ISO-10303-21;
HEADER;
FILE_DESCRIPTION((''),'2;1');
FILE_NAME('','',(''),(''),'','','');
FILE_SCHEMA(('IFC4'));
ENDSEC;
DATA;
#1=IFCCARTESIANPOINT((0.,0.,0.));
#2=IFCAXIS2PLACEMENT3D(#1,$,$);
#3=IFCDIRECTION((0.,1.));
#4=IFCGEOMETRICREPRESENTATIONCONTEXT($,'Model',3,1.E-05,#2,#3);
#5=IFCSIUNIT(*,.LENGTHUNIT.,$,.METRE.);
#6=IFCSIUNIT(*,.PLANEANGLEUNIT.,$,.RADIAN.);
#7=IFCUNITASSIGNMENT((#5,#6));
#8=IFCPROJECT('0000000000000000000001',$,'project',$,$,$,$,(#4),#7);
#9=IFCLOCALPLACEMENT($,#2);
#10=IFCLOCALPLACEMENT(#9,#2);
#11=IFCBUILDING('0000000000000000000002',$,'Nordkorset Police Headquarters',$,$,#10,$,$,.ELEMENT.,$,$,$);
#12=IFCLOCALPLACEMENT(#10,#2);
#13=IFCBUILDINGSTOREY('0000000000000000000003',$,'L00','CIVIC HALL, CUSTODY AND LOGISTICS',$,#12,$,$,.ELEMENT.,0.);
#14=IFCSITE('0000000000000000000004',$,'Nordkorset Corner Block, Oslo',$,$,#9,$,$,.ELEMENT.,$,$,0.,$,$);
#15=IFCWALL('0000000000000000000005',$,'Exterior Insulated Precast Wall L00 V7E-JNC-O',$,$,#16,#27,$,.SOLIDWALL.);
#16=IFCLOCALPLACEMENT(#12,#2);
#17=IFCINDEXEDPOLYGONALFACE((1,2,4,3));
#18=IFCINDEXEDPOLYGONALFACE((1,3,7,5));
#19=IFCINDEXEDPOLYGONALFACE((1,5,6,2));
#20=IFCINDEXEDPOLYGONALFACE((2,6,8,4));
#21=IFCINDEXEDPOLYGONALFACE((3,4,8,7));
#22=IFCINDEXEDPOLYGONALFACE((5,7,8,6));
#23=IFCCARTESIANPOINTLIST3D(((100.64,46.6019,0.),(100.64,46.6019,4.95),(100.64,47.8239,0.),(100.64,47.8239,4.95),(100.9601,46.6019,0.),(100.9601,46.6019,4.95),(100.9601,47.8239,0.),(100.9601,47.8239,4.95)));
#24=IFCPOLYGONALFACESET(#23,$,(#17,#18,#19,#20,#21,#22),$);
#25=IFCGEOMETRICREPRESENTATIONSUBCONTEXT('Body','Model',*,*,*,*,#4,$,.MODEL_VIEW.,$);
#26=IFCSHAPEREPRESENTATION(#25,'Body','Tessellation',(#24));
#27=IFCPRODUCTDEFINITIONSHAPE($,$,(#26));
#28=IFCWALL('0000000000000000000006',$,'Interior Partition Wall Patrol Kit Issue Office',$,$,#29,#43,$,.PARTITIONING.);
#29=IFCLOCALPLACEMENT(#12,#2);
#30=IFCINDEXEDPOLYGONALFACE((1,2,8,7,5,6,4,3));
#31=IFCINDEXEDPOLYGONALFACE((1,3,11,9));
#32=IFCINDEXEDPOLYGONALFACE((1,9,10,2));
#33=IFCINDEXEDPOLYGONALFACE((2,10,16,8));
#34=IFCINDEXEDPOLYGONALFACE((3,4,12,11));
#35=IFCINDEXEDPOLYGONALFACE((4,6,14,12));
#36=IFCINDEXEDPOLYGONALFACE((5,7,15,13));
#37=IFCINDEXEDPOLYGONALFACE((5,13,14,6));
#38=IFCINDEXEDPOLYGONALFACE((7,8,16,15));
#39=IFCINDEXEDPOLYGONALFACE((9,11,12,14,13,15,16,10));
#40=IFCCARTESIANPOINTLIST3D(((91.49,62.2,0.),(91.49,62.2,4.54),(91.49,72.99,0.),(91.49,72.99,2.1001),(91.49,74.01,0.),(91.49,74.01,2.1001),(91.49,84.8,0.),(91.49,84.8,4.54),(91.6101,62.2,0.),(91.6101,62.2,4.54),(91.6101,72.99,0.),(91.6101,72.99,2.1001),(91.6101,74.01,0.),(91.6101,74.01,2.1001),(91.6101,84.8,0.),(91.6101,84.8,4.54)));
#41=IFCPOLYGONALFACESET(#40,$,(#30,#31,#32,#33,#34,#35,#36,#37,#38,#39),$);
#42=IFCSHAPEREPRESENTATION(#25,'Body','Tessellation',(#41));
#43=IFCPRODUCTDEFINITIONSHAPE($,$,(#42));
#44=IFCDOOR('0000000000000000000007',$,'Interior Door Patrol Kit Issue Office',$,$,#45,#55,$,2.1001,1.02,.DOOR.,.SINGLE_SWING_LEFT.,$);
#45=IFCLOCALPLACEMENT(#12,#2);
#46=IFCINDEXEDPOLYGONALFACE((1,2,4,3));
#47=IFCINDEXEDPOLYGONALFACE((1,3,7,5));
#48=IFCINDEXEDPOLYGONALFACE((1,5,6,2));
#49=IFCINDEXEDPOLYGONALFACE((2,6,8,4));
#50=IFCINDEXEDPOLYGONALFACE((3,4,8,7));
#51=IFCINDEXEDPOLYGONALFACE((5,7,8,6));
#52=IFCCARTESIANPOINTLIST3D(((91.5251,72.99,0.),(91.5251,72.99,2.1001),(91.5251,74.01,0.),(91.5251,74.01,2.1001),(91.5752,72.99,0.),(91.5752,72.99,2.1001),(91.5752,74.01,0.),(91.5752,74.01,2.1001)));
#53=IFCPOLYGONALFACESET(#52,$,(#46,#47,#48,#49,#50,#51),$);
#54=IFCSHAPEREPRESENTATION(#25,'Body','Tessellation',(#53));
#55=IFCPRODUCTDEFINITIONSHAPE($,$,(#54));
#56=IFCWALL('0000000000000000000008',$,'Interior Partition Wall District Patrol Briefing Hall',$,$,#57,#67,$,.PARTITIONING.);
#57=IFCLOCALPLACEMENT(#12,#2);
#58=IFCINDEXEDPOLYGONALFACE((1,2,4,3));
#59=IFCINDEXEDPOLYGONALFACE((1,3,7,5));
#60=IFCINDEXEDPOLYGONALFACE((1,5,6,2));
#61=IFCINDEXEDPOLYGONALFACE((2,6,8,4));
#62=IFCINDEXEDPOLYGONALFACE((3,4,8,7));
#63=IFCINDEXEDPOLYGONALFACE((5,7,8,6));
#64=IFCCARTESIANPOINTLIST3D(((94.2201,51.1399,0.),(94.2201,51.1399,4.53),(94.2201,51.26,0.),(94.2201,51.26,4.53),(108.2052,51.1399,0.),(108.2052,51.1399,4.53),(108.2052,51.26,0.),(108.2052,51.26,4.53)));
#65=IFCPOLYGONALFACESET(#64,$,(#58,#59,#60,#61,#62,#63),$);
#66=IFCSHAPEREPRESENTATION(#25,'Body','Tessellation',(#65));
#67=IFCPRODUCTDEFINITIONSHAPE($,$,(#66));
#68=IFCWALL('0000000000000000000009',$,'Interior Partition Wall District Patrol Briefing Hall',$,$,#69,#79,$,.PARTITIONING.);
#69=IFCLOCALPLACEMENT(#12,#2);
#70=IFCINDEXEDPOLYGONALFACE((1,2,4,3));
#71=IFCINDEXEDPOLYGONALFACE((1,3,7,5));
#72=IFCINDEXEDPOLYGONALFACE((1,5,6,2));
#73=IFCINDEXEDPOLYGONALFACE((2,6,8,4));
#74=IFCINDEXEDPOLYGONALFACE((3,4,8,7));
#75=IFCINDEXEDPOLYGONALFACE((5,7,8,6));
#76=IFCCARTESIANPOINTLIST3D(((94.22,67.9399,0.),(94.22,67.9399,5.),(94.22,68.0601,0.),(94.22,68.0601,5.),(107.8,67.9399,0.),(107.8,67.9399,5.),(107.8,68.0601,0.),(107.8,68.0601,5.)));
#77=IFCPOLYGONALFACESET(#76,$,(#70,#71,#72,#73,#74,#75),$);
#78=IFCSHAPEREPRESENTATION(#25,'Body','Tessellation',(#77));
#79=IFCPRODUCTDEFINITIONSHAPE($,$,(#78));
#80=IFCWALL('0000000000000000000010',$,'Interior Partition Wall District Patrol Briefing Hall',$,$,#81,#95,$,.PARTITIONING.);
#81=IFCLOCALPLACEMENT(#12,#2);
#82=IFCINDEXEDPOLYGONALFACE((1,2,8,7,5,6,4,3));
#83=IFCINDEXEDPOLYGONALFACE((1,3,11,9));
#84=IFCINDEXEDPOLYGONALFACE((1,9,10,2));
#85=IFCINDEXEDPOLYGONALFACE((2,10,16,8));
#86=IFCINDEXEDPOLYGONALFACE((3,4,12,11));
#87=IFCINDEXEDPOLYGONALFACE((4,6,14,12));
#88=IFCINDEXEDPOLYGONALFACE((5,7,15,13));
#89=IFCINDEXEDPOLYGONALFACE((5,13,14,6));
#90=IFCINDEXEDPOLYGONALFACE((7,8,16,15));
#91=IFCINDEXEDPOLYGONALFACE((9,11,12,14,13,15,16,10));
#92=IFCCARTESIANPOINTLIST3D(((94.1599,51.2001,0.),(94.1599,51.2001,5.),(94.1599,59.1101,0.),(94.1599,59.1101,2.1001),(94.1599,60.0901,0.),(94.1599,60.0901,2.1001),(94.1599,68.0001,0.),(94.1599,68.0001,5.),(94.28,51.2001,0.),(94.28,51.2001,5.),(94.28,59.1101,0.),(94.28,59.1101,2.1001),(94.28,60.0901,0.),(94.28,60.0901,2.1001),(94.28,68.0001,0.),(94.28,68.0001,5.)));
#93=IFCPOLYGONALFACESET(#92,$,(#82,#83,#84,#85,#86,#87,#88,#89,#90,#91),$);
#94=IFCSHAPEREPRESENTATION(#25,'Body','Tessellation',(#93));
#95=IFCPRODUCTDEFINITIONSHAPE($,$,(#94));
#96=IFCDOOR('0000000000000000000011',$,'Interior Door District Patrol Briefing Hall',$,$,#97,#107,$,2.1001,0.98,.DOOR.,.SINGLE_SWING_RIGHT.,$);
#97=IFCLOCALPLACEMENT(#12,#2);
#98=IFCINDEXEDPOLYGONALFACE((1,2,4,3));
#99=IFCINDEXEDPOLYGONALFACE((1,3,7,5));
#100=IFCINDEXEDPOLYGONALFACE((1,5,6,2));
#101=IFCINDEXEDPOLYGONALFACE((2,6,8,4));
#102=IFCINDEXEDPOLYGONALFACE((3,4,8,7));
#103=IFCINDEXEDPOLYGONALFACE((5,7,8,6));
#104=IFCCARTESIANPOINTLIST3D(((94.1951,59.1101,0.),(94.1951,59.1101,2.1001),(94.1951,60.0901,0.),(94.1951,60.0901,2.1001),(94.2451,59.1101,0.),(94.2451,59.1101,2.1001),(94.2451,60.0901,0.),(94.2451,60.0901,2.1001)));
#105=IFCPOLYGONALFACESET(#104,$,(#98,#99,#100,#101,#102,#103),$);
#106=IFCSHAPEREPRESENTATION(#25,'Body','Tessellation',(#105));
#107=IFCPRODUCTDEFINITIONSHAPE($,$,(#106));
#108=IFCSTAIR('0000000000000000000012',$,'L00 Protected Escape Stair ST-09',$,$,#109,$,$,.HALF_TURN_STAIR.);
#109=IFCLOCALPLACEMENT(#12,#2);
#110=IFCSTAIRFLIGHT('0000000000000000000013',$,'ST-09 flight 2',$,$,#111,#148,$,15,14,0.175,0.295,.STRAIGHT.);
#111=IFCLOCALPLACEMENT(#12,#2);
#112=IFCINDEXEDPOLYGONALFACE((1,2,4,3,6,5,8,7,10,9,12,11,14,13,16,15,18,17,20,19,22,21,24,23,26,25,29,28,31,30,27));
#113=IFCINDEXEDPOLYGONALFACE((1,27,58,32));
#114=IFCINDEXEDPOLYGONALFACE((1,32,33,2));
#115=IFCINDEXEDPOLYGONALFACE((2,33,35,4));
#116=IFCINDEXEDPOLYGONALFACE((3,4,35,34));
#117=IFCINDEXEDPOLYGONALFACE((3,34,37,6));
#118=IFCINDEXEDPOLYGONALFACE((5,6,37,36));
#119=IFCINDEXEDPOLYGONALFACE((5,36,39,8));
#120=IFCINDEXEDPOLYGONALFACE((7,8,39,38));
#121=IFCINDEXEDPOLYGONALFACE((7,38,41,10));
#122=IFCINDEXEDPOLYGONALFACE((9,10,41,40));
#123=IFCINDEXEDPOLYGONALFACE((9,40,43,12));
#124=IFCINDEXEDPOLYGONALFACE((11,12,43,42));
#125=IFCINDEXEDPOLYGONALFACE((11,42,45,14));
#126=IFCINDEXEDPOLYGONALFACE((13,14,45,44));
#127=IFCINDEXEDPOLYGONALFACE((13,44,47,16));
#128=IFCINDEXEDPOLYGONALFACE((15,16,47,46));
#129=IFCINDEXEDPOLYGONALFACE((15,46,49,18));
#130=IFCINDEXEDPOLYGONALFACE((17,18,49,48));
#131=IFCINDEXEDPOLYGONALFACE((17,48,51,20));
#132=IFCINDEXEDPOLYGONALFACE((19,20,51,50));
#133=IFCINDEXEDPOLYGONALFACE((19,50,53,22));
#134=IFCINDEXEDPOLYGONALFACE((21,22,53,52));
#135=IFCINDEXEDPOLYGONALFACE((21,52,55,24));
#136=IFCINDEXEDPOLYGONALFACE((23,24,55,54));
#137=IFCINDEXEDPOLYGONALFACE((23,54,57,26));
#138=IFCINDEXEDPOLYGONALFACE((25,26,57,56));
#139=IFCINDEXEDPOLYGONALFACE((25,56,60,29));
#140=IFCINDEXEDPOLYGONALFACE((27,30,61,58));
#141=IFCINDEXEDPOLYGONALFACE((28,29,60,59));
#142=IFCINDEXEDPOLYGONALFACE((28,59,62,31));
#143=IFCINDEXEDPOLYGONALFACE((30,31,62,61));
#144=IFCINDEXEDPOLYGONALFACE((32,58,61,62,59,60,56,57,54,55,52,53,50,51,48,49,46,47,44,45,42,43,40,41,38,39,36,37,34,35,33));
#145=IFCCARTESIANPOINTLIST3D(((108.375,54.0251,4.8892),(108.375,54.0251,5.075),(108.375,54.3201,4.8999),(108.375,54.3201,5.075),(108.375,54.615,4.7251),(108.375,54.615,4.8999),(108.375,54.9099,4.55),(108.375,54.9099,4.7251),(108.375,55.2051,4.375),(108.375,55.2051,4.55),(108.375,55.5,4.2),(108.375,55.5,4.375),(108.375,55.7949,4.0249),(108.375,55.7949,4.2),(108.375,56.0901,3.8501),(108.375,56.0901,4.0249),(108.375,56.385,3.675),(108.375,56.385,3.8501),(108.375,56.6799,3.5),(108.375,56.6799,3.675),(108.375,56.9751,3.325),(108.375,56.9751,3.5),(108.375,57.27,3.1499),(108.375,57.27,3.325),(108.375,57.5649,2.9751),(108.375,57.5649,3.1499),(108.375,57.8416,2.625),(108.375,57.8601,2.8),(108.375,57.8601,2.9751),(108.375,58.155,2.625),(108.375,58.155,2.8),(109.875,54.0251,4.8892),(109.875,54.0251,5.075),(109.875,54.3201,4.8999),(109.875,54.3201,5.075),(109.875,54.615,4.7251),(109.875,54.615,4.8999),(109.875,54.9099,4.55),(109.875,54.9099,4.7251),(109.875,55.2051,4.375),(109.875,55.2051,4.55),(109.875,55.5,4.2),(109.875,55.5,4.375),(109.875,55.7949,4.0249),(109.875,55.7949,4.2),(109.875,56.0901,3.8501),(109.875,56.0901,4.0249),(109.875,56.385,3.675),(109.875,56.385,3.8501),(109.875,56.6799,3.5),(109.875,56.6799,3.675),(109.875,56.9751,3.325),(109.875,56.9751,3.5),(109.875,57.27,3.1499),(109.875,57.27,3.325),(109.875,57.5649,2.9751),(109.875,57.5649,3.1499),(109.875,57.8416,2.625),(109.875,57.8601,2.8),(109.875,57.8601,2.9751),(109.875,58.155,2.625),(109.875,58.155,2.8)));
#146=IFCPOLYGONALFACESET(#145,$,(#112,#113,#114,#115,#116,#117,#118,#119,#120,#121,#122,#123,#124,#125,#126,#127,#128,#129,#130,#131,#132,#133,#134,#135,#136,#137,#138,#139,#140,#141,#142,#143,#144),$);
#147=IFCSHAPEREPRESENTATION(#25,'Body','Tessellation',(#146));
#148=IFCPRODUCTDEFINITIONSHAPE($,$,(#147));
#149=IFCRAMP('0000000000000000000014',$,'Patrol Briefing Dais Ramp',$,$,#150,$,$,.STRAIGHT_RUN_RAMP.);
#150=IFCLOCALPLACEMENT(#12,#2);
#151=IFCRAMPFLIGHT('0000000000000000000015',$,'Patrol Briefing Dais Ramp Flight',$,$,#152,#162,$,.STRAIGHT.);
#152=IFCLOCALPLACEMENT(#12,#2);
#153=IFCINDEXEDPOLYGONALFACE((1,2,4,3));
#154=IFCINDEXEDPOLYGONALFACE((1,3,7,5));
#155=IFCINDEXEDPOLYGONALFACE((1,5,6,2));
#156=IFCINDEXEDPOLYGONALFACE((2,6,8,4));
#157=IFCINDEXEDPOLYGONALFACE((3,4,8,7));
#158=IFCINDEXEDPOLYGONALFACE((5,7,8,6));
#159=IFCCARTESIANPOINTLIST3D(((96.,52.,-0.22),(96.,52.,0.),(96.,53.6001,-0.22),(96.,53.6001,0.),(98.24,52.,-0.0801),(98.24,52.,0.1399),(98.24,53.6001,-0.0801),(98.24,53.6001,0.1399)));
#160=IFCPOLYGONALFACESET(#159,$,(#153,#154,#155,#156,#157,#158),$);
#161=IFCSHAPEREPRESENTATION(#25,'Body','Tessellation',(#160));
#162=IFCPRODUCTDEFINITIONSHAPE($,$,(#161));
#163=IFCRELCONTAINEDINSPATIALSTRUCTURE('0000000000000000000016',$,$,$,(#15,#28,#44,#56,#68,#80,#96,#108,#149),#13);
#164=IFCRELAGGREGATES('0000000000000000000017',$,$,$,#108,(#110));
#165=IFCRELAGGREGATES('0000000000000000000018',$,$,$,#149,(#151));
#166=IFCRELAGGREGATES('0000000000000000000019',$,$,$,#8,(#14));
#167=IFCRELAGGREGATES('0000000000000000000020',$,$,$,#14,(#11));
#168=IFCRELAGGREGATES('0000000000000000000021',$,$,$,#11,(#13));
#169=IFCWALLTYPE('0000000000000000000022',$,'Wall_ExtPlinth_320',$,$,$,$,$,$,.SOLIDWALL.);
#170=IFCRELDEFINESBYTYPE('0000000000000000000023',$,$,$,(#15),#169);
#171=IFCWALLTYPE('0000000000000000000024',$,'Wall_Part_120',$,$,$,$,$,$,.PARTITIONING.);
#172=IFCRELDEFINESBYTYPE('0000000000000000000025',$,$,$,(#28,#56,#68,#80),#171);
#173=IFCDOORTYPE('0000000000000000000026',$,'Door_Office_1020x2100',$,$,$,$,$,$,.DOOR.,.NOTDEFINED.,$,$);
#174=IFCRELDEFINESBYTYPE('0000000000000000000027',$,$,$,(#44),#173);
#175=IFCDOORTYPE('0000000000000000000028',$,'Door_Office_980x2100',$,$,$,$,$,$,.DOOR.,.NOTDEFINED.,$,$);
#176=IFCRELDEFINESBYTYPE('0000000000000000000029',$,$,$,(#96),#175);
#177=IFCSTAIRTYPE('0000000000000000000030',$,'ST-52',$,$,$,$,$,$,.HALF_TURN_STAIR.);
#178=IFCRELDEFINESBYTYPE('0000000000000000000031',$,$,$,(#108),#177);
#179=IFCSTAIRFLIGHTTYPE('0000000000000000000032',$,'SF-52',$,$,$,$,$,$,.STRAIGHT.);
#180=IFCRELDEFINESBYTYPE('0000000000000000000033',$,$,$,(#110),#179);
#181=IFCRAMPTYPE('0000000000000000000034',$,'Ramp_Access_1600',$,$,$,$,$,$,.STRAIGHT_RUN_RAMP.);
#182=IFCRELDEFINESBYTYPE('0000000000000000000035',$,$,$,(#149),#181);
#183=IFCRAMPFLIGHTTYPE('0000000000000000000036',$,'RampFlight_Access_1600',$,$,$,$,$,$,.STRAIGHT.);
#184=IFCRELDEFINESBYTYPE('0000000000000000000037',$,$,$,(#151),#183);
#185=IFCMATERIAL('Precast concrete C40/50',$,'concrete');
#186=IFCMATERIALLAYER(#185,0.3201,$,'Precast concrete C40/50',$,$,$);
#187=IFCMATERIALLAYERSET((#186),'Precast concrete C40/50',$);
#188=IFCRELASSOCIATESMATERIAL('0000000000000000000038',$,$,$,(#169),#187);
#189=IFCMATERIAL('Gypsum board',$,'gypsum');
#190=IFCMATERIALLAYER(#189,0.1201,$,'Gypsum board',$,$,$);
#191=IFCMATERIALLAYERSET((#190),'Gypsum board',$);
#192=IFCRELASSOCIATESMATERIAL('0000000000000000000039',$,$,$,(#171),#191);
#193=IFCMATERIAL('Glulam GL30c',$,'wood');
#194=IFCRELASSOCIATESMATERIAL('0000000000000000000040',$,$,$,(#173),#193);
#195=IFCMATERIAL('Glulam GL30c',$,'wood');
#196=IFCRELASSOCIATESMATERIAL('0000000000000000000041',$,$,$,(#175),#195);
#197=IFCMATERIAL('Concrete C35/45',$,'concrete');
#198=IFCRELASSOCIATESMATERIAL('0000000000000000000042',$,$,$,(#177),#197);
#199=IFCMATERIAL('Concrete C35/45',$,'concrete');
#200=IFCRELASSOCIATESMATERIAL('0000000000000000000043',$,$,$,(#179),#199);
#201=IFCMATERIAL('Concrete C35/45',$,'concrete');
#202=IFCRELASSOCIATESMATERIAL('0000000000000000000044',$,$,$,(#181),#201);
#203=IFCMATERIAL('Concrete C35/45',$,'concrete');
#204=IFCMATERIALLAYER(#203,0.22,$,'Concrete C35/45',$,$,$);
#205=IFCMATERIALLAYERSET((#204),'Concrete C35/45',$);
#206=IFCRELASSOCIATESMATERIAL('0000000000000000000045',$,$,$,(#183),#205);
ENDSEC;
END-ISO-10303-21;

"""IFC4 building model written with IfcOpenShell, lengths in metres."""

from ifc_helpers import new_model, si_unit, direction, frame, frame_2d, origin, place, context, subcontext, project, spatial, polyline, rectangle, outline, extrude, material, layer, layer_set, type_object, element, fill, aggregate, save


model = new_model("IFC4")

# Units and contexts
model_context = context("Model", 3, precision=1e-05, world=origin(), true_north=direction((0.0, 1.0)))
body_context = subcontext(model_context, "Body", "Model", "MODEL_VIEW")
ifc_project = project(units=[si_unit("LENGTHUNIT", "METRE"), si_unit("PLANEANGLEUNIT", "RADIAN")], contexts=[model_context])

# Site, building, storey
site_placement = place(None, origin())
site = spatial("IfcSite", under=ifc_project, at=site_placement, Name="Nordkorset Corner Block, Oslo", CompositionType="ELEMENT", RefElevation=0.0)
building_placement = place(site_placement, origin())
building = spatial("IfcBuilding", under=site, at=building_placement, Name="Nordkorset Police Headquarters", CompositionType="ELEMENT")
storey_placement = place(building_placement, origin())
storey = spatial("IfcBuildingStorey", under=building, at=storey_placement, Name="L00", Description="CIVIC HALL, CUSTODY AND LOGISTICS", CompositionType="ELEMENT", Elevation=0.0)

# Wall
ifc_material_1 = material(Name="Precast concrete C40/50", Category="concrete")
ifc_layer_1 = layer(ifc_material_1, 0.3201, Name="Precast concrete C40/50")
ifc_layer_set_1 = layer_set([ifc_layer_1], Name="Precast concrete C40/50")
wall_type_1 = type_object("IfcWallType", Name="Wall_ExtPlinth_320", PredefinedType="SOLIDWALL", material=ifc_layer_set_1)
wall_1_placement = place(storey_placement, frame((100.8, 46.6021, 0.0), z_axis=(0.0, 0.0, 1.0), x_axis=(0.0, 1.0, 0.0)))
element("IfcWall", 1, at=wall_1_placement, inside=storey, type_object=wall_type_1, Name="Exterior Insulated Precast Wall L00 V7E-JNC-O", PredefinedType="SOLIDWALL", context=body_context, shape_type="SweptSolid", body=[
    extrude(rectangle(XDim=1.2219, YDim=0.3201, at=frame_2d((0.6108, 0.0))), origin(), (0.0, 0.0, 1.0), 4.95),
])

# Wall, opening, door
ifc_material_2 = material(Name="Gypsum board", Category="gypsum")
ifc_layer_2 = layer(ifc_material_2, 0.1201, Name="Gypsum board")
ifc_layer_set_2 = layer_set([ifc_layer_2], Name="Gypsum board")
wall_type_2 = type_object("IfcWallType", Name="Wall_Part_120", PredefinedType="PARTITIONING", material=ifc_layer_set_2)
wall_2_placement = place(storey_placement, frame((91.55, 62.2, 0.0), z_axis=(0.0, 0.0, 1.0), x_axis=(0.0, 1.0, 0.0)))
wall_2 = element("IfcWall", 2, at=wall_2_placement, inside=storey, type_object=wall_type_2, Name="Interior Partition Wall Patrol Kit Issue Office", PredefinedType="PARTITIONING", context=body_context, shape_type="SweptSolid", body=[
    extrude(rectangle(XDim=22.6001, YDim=0.1201, at=frame_2d((11.3, 0.0))), origin(), (0.0, 0.0, 1.0), 4.54),
])
opening_1_placement = place(wall_2_placement, frame((10.79, 0.0, 0.0)))
opening_1 = element("IfcOpeningElement", 3, at=opening_1_placement, cuts=wall_2, PredefinedType="OPENING", context=body_context, shape_type="SweptSolid", body=[
    extrude(rectangle(XDim=1.02, YDim=2.1001, at=frame_2d((0.51, 1.05))), frame((0.0, 0.0701, 0.0), z_axis=(0.0, -1.0, 0.0), x_axis=(1.0, 0.0, 0.0)), (0.0, 0.0, 1.0), 0.1401),
])
ifc_material_3 = material(Name="Glulam GL30c", Category="wood")
door_type_1 = type_object("IfcDoorType", Name="Door_Office_1020x2100", OperationType="NOTDEFINED", PredefinedType="DOOR", material=ifc_material_3)
door_1_placement = place(opening_1_placement, origin())
door_1 = element("IfcDoor", 4, at=door_1_placement, inside=storey, type_object=door_type_1, Name="Interior Door Patrol Kit Issue Office", OperationType="SINGLE_SWING_LEFT", OverallHeight=2.1001, OverallWidth=1.02, PredefinedType="DOOR", context=body_context, shape_type="SweptSolid", body=[
    extrude(rectangle(XDim=1.02, YDim=2.1001, at=frame_2d((0.51, 1.05))), frame((0.0, 0.0249, 0.0), z_axis=(0.0, -1.0, 0.0), x_axis=(1.0, 0.0, 0.0)), (0.0, 0.0, 1.0), 0.05),
])
fill(opening_1, door_1)

# Walls
wall_3_placement = place(storey_placement, frame((94.22, 51.2, 0.0), z_axis=(0.0, 0.0, 1.0), x_axis=(1.0, 0.0, 0.0)))
element("IfcWall", 5, at=wall_3_placement, inside=storey, type_object=wall_type_2, Name="Interior Partition Wall District Patrol Briefing Hall", PredefinedType="PARTITIONING", context=body_context, shape_type="SweptSolid", body=[
    extrude(rectangle(XDim=13.9851, YDim=0.1201, at=frame_2d((6.9927, 0.0))), origin(), (0.0, 0.0, 1.0), 4.53),
])
wall_4_placement = place(storey_placement, frame((107.8, 68.0, 0.0), z_axis=(0.0, 0.0, 1.0), x_axis=(-1.0, 0.0, 0.0)))
element("IfcWall", 6, at=wall_4_placement, inside=storey, type_object=wall_type_2, Name="Interior Partition Wall District Patrol Briefing Hall", PredefinedType="PARTITIONING", context=body_context, shape_type="SweptSolid", body=[
    extrude(rectangle(XDim=13.5801, YDim=0.1201, at=frame_2d((6.79, 0.0))), origin(), (0.0, 0.0, 1.0), 5.0),
])

# Wall, opening, door
wall_5_placement = place(storey_placement, frame((94.22, 68.0, 0.0), z_axis=(0.0, 0.0, 1.0), x_axis=(0.0, -1.0, 0.0)))
wall_5 = element("IfcWall", 7, at=wall_5_placement, inside=storey, type_object=wall_type_2, Name="Interior Partition Wall District Patrol Briefing Hall", PredefinedType="PARTITIONING", context=body_context, shape_type="SweptSolid", body=[
    extrude(rectangle(XDim=16.8, YDim=0.1201, at=frame_2d((8.3999, 0.0))), origin(), (0.0, 0.0, 1.0), 5.0),
])
opening_2_placement = place(wall_5_placement, frame((7.9099, 0.0, 0.0)))
opening_2 = element("IfcOpeningElement", 8, at=opening_2_placement, cuts=wall_5, PredefinedType="OPENING", context=body_context, shape_type="SweptSolid", body=[
    extrude(rectangle(XDim=0.98, YDim=2.1001, at=frame_2d((0.49, 1.05))), frame((0.0, 0.0701, 0.0), z_axis=(0.0, -1.0, 0.0), x_axis=(1.0, 0.0, 0.0)), (0.0, 0.0, 1.0), 0.1401),
])
ifc_material_4 = material(Name="Glulam GL30c", Category="wood")
door_type_2 = type_object("IfcDoorType", Name="Door_Office_980x2100", OperationType="NOTDEFINED", PredefinedType="DOOR", material=ifc_material_4)
door_2_placement = place(opening_2_placement, frame((0.98, 0.0, 0.0), z_axis=(0.0, 0.0, 1.0), x_axis=(-1.0, 0.0, 0.0)))
door_2 = element("IfcDoor", 9, at=door_2_placement, inside=storey, type_object=door_type_2, Name="Interior Door District Patrol Briefing Hall", OperationType="SINGLE_SWING_RIGHT", OverallHeight=2.1001, OverallWidth=0.98, PredefinedType="DOOR", context=body_context, shape_type="SweptSolid", body=[
    extrude(rectangle(XDim=0.98, YDim=2.1001, at=frame_2d((0.49, 1.05))), frame((0.0, 0.0249, 0.0), z_axis=(0.0, -1.0, 0.0), x_axis=(1.0, 0.0, 0.0)), (0.0, 0.0, 1.0), 0.05),
])
fill(opening_2, door_2)

# Stair, stair flight
ifc_material_5 = material(Name="Concrete C35/45", Category="concrete")
stair_type = type_object("IfcStairType", Name="ST-52", PredefinedType="HALF_TURN_STAIR", material=ifc_material_5)
stair_placement = place(storey_placement, origin())
stair = element("IfcStair", 10, at=stair_placement, inside=storey, type_object=stair_type, Name="L00 Protected Escape Stair ST-09", PredefinedType="HALF_TURN_STAIR")
ifc_material_6 = material(Name="Concrete C35/45", Category="concrete")
stair_flight_type = type_object("IfcStairFlightType", Name="SF-52", PredefinedType="STRAIGHT", material=ifc_material_6)
stair_flight_placement = place(storey_placement, frame((109.125, 58.155, 2.625), z_axis=(0.0, 0.0, 1.0), x_axis=(0.0, -1.0, 0.0)))
stair_flight = element("IfcStairFlight", 11, at=stair_flight_placement, type_object=stair_flight_type, Name="ST-09 flight 2", NumberOfRisers=15, NumberOfTreads=14, PredefinedType="STRAIGHT", RiserHeight=0.175, TreadLength=0.295, context=body_context, shape_type="SweptSolid", body=[
    extrude(outline(polyline([(0.0, 0.0), (0.0, 0.175), (0.2949, 0.175), (0.2949, 0.3501), (0.5901, 0.3501), (0.5901, 0.5249), (0.885, 0.5249), (0.885, 0.7), (1.1799, 0.7), (1.1799, 0.875), (1.4751, 0.875), (1.4751, 1.05), (1.77, 1.05), (1.77, 1.2251), (2.0649, 1.2251), (2.0649, 1.3999), (2.3601, 1.3999), (2.3601, 1.575), (2.655, 1.575), (2.655, 1.75), (2.95, 1.75), (2.95, 1.925), (3.2451, 1.925), (3.2451, 2.1001), (3.54, 2.1001), (3.54, 2.2749), (3.835, 2.2749), (3.835, 2.45), (4.1299, 2.45), (4.1299, 2.625), (4.1299, 2.2642), (0.3135, 0.0), (0.0, 0.0)])), frame((0.0, 0.75, 0.0), z_axis=(0.0, -1.0, 0.0), x_axis=(1.0, 0.0, 0.0)), (0.0, 0.0, 1.0), 1.5),
])
aggregate(stair, [stair_flight])

# Ramp, ramp flight
ifc_material_7 = material(Name="Concrete C35/45", Category="concrete")
ramp_type = type_object("IfcRampType", Name="Ramp_Access_1600", PredefinedType="STRAIGHT_RUN_RAMP", material=ifc_material_7)
ramp_placement = place(storey_placement, origin())
ramp = element("IfcRamp", 12, at=ramp_placement, inside=storey, type_object=ramp_type, Name="Patrol Briefing Dais Ramp", PredefinedType="STRAIGHT_RUN_RAMP")
ifc_material_8 = material(Name="Concrete C35/45", Category="concrete")
ifc_layer_3 = layer(ifc_material_8, 0.22, Name="Concrete C35/45")
ifc_layer_set_3 = layer_set([ifc_layer_3], Name="Concrete C35/45")
ramp_flight_type = type_object("IfcRampFlightType", Name="RampFlight_Access_1600", PredefinedType="STRAIGHT", material=ifc_layer_set_3)
ramp_flight_placement = place(storey_placement, frame((96.0, 52.8, 0.0), z_axis=(0.0, 0.0, 1.0), x_axis=(1.0, 0.0, 0.0)))
ramp_flight = element("IfcRampFlight", 13, at=ramp_flight_placement, type_object=ramp_flight_type, Name="Patrol Briefing Dais Ramp Flight", PredefinedType="STRAIGHT", context=body_context, shape_type="SweptSolid", body=[
    extrude(outline(polyline([(0.0, 0.0), (2.24, 0.1399), (2.24, -0.0801), (0.0, -0.22), (0.0, 0.0)])), frame((0.0, 0.8, 0.0), z_axis=(0.0, -1.0, 0.0), x_axis=(1.0, 0.0, 0.0)), (0.0, 0.0, 1.0), 1.6001),
])
aggregate(ramp, [ramp_flight])

save(model, "model.ifc")
